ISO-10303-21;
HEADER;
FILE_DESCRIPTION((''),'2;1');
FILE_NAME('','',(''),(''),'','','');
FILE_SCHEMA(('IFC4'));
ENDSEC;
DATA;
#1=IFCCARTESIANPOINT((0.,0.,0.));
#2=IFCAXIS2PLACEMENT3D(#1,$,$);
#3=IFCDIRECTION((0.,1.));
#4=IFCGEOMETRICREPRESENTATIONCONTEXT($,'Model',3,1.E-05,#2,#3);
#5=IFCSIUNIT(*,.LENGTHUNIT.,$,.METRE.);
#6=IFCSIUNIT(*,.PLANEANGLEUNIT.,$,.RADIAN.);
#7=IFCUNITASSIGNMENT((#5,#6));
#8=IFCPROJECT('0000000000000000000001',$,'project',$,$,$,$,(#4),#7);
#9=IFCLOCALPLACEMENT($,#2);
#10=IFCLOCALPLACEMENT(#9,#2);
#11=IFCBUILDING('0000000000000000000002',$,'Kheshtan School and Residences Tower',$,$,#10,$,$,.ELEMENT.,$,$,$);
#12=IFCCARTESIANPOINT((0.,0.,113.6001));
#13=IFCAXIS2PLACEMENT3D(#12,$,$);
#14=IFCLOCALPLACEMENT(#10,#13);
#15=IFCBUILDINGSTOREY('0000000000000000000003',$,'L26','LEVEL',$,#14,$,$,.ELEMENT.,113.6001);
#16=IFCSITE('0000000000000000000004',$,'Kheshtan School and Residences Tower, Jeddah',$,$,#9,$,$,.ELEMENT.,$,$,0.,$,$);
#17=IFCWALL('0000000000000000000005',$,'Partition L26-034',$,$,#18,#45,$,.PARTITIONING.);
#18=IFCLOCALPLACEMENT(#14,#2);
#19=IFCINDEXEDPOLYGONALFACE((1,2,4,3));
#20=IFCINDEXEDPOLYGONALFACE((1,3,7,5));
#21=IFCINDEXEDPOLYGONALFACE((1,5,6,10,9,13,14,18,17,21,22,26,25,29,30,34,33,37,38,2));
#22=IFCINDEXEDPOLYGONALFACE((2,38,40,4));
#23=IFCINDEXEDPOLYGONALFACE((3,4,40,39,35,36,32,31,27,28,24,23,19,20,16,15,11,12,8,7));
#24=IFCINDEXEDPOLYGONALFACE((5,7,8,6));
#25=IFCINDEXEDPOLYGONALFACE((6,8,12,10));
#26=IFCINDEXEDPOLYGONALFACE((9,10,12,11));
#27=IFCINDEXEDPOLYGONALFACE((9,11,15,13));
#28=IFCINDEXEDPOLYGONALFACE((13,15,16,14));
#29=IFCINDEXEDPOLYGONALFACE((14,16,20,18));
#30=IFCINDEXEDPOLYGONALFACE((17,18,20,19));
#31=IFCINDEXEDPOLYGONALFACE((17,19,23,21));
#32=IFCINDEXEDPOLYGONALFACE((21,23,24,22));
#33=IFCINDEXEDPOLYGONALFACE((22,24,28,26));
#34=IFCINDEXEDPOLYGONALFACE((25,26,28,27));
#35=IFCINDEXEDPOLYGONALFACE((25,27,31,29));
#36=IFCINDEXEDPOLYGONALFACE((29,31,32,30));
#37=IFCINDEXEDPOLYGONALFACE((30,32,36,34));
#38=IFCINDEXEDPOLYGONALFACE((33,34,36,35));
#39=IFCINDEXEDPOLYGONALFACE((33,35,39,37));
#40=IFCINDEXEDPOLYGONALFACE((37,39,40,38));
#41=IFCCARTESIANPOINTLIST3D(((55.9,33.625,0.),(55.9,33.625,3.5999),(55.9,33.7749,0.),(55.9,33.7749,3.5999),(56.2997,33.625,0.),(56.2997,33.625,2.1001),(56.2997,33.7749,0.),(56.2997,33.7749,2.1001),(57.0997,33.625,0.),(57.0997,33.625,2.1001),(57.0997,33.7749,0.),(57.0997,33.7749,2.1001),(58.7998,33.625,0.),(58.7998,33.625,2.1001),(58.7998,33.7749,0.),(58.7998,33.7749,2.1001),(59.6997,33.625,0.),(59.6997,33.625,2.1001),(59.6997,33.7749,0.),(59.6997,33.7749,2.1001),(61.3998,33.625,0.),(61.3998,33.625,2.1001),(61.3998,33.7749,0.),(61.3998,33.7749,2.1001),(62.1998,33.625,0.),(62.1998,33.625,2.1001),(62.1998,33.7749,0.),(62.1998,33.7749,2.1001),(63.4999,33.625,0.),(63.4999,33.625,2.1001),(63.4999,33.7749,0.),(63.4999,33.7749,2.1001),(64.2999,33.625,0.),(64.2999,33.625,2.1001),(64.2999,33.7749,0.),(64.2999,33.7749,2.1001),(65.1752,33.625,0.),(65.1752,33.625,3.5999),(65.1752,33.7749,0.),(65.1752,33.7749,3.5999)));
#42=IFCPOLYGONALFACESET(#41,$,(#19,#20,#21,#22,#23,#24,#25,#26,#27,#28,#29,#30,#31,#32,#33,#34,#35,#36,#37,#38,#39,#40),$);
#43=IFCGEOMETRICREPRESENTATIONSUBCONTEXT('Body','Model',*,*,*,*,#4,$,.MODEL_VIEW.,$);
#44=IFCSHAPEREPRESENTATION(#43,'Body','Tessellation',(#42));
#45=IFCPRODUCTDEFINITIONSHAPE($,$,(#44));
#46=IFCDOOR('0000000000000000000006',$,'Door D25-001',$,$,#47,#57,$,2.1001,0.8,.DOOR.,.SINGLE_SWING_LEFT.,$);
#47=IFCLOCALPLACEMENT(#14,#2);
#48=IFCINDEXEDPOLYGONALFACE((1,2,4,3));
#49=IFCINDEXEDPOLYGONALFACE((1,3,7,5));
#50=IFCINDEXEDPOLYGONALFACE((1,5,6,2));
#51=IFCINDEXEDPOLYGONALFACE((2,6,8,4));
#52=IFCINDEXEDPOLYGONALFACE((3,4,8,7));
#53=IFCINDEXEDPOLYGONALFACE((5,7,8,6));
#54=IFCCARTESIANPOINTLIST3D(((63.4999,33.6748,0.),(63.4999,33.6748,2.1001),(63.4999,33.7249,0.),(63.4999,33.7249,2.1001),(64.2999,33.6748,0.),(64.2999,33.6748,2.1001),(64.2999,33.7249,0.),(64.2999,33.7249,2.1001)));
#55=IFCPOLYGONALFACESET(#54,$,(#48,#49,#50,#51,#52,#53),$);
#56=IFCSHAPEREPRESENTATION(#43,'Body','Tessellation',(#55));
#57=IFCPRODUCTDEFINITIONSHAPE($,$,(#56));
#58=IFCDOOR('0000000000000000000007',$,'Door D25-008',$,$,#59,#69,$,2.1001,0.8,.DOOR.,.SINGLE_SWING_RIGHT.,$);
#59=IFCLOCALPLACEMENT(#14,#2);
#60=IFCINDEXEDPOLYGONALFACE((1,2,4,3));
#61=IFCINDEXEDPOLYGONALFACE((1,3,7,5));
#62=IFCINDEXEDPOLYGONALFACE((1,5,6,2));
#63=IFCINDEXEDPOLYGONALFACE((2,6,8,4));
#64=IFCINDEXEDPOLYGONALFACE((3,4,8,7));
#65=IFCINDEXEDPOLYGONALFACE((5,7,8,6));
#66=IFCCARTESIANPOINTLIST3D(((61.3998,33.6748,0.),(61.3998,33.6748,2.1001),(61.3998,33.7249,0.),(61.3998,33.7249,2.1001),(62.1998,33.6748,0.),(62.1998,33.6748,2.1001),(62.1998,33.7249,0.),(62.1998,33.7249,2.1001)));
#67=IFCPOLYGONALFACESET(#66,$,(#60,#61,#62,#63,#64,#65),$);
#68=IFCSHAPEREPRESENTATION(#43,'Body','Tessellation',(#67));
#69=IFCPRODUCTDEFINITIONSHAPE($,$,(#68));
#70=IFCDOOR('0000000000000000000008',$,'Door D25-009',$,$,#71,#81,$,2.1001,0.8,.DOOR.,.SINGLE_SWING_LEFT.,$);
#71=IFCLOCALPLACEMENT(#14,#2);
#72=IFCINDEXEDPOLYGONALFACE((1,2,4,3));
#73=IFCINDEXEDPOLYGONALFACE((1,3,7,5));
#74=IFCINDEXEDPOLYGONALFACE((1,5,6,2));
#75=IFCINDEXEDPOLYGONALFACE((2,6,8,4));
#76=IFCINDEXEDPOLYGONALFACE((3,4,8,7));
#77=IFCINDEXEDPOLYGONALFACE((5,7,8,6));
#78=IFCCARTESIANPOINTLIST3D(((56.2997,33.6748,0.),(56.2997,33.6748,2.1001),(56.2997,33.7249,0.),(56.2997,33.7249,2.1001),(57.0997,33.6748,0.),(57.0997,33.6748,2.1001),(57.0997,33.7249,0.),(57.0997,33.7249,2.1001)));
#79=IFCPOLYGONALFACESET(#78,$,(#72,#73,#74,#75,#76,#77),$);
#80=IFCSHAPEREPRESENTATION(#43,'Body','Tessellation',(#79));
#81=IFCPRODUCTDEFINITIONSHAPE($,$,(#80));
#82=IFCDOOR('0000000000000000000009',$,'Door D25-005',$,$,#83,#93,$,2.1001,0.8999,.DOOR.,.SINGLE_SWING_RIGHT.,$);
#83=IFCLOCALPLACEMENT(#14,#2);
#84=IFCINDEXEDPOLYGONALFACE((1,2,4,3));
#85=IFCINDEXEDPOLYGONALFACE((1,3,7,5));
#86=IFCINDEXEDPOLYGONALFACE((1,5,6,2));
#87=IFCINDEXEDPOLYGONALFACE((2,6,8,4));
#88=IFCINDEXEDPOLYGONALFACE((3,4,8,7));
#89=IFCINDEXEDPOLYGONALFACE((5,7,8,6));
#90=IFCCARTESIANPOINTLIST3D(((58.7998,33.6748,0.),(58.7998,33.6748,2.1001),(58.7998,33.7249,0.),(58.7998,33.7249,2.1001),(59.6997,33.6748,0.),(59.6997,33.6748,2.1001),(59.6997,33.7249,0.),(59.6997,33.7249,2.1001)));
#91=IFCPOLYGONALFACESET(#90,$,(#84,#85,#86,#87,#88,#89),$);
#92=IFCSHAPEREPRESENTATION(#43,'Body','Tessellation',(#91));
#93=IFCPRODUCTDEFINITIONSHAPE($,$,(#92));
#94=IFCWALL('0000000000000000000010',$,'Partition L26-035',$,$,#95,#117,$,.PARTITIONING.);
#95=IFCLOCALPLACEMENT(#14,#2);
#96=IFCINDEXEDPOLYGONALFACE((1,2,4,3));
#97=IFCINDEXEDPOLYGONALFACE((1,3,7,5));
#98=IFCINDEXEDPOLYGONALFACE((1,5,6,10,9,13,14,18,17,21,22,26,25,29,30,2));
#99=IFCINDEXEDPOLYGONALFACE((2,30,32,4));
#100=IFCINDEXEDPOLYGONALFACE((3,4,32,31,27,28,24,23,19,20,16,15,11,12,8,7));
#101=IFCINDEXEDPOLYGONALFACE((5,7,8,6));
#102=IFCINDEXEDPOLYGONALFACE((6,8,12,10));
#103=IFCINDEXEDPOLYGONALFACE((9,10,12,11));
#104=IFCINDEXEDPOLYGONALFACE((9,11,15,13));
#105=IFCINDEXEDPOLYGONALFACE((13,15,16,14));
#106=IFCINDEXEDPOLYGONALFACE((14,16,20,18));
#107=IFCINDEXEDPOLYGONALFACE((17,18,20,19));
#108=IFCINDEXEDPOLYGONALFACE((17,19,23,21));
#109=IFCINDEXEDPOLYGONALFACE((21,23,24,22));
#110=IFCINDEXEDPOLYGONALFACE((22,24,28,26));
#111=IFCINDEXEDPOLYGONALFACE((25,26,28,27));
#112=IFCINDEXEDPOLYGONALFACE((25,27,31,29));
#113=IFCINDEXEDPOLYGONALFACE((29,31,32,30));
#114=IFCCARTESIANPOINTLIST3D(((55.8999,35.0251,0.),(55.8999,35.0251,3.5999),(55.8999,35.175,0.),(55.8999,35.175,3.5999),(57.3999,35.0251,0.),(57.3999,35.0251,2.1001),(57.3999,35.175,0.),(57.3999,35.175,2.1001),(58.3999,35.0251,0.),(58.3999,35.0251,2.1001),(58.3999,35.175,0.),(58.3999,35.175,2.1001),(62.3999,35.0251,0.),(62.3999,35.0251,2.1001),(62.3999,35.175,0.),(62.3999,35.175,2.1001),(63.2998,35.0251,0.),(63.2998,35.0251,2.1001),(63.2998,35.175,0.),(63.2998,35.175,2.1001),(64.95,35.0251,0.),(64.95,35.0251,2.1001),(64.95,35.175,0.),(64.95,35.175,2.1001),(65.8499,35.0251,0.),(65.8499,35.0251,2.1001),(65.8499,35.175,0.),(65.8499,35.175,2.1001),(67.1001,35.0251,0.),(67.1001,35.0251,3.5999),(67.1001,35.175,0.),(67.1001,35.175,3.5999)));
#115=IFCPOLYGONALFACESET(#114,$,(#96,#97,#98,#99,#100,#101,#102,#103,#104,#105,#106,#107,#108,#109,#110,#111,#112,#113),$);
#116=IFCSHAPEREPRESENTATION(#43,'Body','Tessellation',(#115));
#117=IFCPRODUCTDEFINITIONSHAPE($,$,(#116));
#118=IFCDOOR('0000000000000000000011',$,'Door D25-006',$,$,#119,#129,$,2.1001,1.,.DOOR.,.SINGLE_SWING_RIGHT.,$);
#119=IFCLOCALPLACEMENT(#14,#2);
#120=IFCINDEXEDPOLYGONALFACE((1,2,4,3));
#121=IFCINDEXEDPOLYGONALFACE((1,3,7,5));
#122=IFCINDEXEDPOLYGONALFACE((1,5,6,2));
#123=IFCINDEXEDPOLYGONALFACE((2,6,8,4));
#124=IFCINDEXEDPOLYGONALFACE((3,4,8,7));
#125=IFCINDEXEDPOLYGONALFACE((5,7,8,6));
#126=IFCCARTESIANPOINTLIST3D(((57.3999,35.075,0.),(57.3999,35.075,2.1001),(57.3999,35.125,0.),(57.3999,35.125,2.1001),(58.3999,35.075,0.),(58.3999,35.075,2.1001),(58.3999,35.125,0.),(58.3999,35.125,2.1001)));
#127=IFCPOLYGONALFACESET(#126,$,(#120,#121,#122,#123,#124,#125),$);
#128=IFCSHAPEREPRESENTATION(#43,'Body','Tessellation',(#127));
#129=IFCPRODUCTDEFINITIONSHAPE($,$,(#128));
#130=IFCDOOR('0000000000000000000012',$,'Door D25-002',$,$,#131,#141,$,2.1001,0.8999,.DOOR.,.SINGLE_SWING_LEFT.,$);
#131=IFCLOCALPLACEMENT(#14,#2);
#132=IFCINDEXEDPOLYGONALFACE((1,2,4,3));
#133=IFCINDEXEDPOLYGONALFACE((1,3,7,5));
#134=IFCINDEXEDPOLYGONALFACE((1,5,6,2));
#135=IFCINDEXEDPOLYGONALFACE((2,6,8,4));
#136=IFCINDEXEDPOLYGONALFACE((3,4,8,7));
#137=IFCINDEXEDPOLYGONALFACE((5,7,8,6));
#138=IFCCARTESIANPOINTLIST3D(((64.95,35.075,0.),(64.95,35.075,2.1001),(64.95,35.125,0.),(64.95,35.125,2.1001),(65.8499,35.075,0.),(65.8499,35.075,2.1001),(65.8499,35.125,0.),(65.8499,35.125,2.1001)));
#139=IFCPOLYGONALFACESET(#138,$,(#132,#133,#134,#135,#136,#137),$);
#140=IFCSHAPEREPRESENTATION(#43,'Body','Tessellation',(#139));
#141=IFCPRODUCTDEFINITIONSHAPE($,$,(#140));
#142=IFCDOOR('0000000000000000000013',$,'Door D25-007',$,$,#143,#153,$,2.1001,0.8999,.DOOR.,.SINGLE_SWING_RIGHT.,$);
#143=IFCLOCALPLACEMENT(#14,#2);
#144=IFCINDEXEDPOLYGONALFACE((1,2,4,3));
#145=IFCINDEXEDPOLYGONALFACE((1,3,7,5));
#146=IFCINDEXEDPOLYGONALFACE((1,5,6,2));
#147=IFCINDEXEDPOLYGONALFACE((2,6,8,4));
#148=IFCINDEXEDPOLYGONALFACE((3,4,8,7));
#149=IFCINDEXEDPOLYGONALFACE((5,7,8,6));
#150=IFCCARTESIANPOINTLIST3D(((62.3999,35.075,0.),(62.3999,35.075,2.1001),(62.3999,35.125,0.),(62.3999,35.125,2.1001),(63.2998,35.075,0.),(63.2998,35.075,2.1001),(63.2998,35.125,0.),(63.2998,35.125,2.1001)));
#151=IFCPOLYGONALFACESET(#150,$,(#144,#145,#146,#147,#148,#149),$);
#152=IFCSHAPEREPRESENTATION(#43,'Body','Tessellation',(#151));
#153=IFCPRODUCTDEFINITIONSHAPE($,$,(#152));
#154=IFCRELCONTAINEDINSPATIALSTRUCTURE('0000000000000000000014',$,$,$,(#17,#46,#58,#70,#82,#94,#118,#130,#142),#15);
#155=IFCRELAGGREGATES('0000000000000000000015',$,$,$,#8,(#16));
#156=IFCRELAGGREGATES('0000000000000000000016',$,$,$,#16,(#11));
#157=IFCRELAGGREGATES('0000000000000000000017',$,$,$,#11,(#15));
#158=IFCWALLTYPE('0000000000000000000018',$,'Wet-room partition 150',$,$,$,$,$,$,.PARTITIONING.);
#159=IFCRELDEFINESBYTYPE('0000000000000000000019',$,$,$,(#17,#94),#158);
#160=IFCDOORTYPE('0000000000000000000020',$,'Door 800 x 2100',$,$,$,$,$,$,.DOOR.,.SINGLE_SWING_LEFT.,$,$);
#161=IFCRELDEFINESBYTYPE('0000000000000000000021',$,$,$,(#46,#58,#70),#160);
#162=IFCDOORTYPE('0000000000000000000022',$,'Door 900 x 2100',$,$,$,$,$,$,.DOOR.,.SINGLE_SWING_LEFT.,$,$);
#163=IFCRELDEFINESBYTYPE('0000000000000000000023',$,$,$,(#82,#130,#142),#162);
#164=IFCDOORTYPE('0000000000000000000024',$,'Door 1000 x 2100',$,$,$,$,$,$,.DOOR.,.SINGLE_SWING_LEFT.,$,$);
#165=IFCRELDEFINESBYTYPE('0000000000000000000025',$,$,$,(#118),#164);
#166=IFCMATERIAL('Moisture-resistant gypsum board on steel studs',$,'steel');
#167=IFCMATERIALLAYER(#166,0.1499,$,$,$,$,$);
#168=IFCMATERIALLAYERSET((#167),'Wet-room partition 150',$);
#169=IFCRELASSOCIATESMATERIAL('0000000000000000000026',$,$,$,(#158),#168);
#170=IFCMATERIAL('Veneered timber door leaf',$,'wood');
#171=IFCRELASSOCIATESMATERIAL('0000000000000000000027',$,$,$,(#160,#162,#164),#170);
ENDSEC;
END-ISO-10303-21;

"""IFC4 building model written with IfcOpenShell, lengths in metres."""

from ifc_helpers import new_model, si_unit, direction, frame, frame_2d, origin, place, context, subcontext, project, spatial, rectangle, extrude, source, transform, mapped, material, layer, layer_set, type_object, element, fill, save


model = new_model("IFC4")

# Units and contexts
model_context = context("Model", 3, precision=1e-05, world=origin(), true_north=direction((0.0, 1.0)))
body_context = subcontext(model_context, "Body", "Model", "MODEL_VIEW")
ifc_project = project(units=[si_unit("LENGTHUNIT", "METRE"), si_unit("PLANEANGLEUNIT", "RADIAN")], contexts=[model_context])

# Site, building, storey
site_placement = place(None, origin())
site = spatial("IfcSite", under=ifc_project, at=site_placement, Name="Kheshtan School and Residences Tower, Jeddah", CompositionType="ELEMENT", RefElevation=0.0)
building_placement = place(site_placement, origin())
building = spatial("IfcBuilding", under=site, at=building_placement, Name="Kheshtan School and Residences Tower", CompositionType="ELEMENT")
storey_placement = place(building_placement, frame((0.0, 0.0, 113.6001)))
storey = spatial("IfcBuildingStorey", under=building, at=storey_placement, Name="L26", Description="LEVEL", CompositionType="ELEMENT", Elevation=113.6001)

# Walls, openings, doors
ifc_material_1 = material(Name="Moisture-resistant gypsum board on steel studs", Category="steel")
ifc_layer_1 = layer(ifc_material_1, 0.1499)
ifc_layer_set_1 = layer_set([ifc_layer_1], Name="Wet-room partition 150")
wall_type_1 = type_object("IfcWallType", Name="Wet-room partition 150", PredefinedType="PARTITIONING", material=ifc_layer_set_1)
wall_1_placement = place(storey_placement, frame((55.8999, 33.7, 0.0), z_axis=(0.0, 0.0, 1.0), x_axis=(1.0, 0.0, 0.0)))
wall_1 = element("IfcWall", 1, at=wall_1_placement, inside=storey, type_object=wall_type_1, Name="Partition L26-034", PredefinedType="PARTITIONING", context=body_context, shape_type="SweptSolid", body=[
    extrude(rectangle(XDim=9.2751, YDim=0.1499, at=frame_2d((4.6377, 0.0))), origin(), (0.0, 0.0, 1.0), 3.5999),
])
opening_1_placement = place(wall_1_placement, frame((7.6001, 0.0, 0.0)))
opening_1 = element("IfcOpeningElement", 2, at=opening_1_placement, cuts=wall_1, PredefinedType="OPENING", context=body_context, shape_type="SweptSolid", body=[
    extrude(rectangle(XDim=0.8, YDim=2.1001, at=frame_2d((0.3999, 1.05))), frame((0.0, 0.085, 0.0), z_axis=(0.0, -1.0, 0.0), x_axis=(1.0, 0.0, 0.0)), (0.0, 0.0, 1.0), 0.1699),
])
opening_2_placement = place(wall_1_placement, frame((2.8999, 0.0, 0.0)))
opening_2 = element("IfcOpeningElement", 3, at=opening_2_placement, cuts=wall_1, PredefinedType="OPENING", context=body_context, shape_type="SweptSolid", body=[
    extrude(rectangle(XDim=0.8999, YDim=2.1001, at=frame_2d((0.45, 1.05))), frame((0.0, 0.085, 0.0), z_axis=(0.0, -1.0, 0.0), x_axis=(1.0, 0.0, 0.0)), (0.0, 0.0, 1.0), 0.1699),
])
opening_3_placement = place(wall_1_placement, frame((5.5, 0.0, 0.0)))
opening_3 = element("IfcOpeningElement", 4, at=opening_3_placement, cuts=wall_1, PredefinedType="OPENING", context=body_context, shape_type="SweptSolid", body=[
    extrude(rectangle(XDim=0.8, YDim=2.1001, at=frame_2d((0.3999, 1.05))), frame((0.0, 0.085, 0.0), z_axis=(0.0, -1.0, 0.0), x_axis=(1.0, 0.0, 0.0)), (0.0, 0.0, 1.0), 0.1699),
])
opening_4_placement = place(wall_1_placement, frame((0.3999, 0.0, 0.0)))
opening_4 = element("IfcOpeningElement", 5, at=opening_4_placement, cuts=wall_1, PredefinedType="OPENING", context=body_context, shape_type="SweptSolid", body=[
    extrude(rectangle(XDim=0.8, YDim=2.1001, at=frame_2d((0.3999, 1.05))), frame((0.0, 0.085, 0.0), z_axis=(0.0, -1.0, 0.0), x_axis=(1.0, 0.0, 0.0)), (0.0, 0.0, 1.0), 0.1699),
])
ifc_material_2 = material(Name="Veneered timber door leaf", Category="wood")
door_type_1 = type_object("IfcDoorType", Name="Door 800 x 2100", OperationType="SINGLE_SWING_LEFT", PredefinedType="DOOR", material=ifc_material_2)
shared_shape_1 = source(origin(), body_context, "Body", "SweptSolid", [
    extrude(rectangle(XDim=0.8, YDim=2.1001, at=frame_2d((0.3999, 1.05))), frame((0.0, 0.0249, 0.0), z_axis=(0.0, -1.0, 0.0), x_axis=(1.0, 0.0, 0.0)), (0.0, 0.0, 1.0), 0.05),
])
door_1_placement = place(opening_1_placement, origin())
door_1 = element("IfcDoor", 6, at=door_1_placement, inside=storey, type_object=door_type_1, Name="Door D25-001", OperationType="SINGLE_SWING_LEFT", OverallHeight=2.1001, OverallWidth=0.8, PredefinedType="DOOR", context=body_context, shape_type="MappedRepresentation", body=[
    mapped(shared_shape_1, transform((0.0, 0.0, 0.0), x_axis=(1.0, 0.0, 0.0), y_axis=(0.0, 1.0, 0.0), z_axis=(0.0, 0.0, 1.0), scale=1.0)),
])
fill(opening_1, door_1)
door_2_placement = place(opening_3_placement, origin())
door_2 = element("IfcDoor", 7, at=door_2_placement, inside=storey, type_object=door_type_1, Name="Door D25-008", OperationType="SINGLE_SWING_RIGHT", OverallHeight=2.1001, OverallWidth=0.8, PredefinedType="DOOR", context=body_context, shape_type="MappedRepresentation", body=[
    mapped(shared_shape_1, transform((0.0, 0.0, 0.0), x_axis=(1.0, 0.0, 0.0), y_axis=(0.0, 1.0, 0.0), z_axis=(0.0, 0.0, 1.0), scale=1.0)),
])
fill(opening_3, door_2)
door_3_placement = place(opening_4_placement, origin())
door_3 = element("IfcDoor", 8, at=door_3_placement, inside=storey, type_object=door_type_1, Name="Door D25-009", OperationType="SINGLE_SWING_LEFT", OverallHeight=2.1001, OverallWidth=0.8, PredefinedType="DOOR", context=body_context, shape_type="MappedRepresentation", body=[
    mapped(shared_shape_1, transform((0.0, 0.0, 0.0), x_axis=(1.0, 0.0, 0.0), y_axis=(0.0, 1.0, 0.0), z_axis=(0.0, 0.0, 1.0), scale=1.0)),
])
fill(opening_4, door_3)
door_type_2 = type_object("IfcDoorType", Name="Door 900 x 2100", OperationType="SINGLE_SWING_LEFT", PredefinedType="DOOR", material=ifc_material_2)
shared_shape_2 = source(origin(), body_context, "Body", "SweptSolid", [
    extrude(rectangle(XDim=0.8999, YDim=2.1001, at=frame_2d((0.45, 1.05))), frame((0.0, 0.0249, 0.0), z_axis=(0.0, -1.0, 0.0), x_axis=(1.0, 0.0, 0.0)), (0.0, 0.0, 1.0), 0.05),
])
door_4_placement = place(opening_2_placement, origin())
door_4 = element("IfcDoor", 9, at=door_4_placement, inside=storey, type_object=door_type_2, Name="Door D25-005", OperationType="SINGLE_SWING_RIGHT", OverallHeight=2.1001, OverallWidth=0.8999, PredefinedType="DOOR", context=body_context, shape_type="MappedRepresentation", body=[
    mapped(shared_shape_2, transform((0.0, 0.0, 0.0), x_axis=(1.0, 0.0, 0.0), y_axis=(0.0, 1.0, 0.0), z_axis=(0.0, 0.0, 1.0), scale=1.0)),
])
fill(opening_2, door_4)
wall_2_placement = place(storey_placement, frame((55.8999, 35.1001, 0.0), z_axis=(0.0, 0.0, 1.0), x_axis=(1.0, 0.0, 0.0)))
wall_2 = element("IfcWall", 10, at=wall_2_placement, inside=storey, type_object=wall_type_1, Name="Partition L26-035", PredefinedType="PARTITIONING", context=body_context, shape_type="SweptSolid", body=[
    extrude(rectangle(XDim=11.2002, YDim=0.1499, at=frame_2d((5.6001, 0.0))), origin(), (0.0, 0.0, 1.0), 3.5999),
])
opening_5_placement = place(wall_2_placement, frame((9.05, 0.0, 0.0)))
opening_5 = element("IfcOpeningElement", 11, at=opening_5_placement, cuts=wall_2, PredefinedType="OPENING", context=body_context, shape_type="SweptSolid", body=[
    extrude(rectangle(XDim=0.8999, YDim=2.1001, at=frame_2d((0.45, 1.05))), frame((0.0, 0.085, 0.0), z_axis=(0.0, -1.0, 0.0), x_axis=(1.0, 0.0, 0.0)), (0.0, 0.0, 1.0), 0.1699),
])
opening_6_placement = place(wall_2_placement, frame((1.5, 0.0, 0.0)))
opening_6 = element("IfcOpeningElement", 12, at=opening_6_placement, cuts=wall_2, PredefinedType="OPENING", context=body_context, shape_type="SweptSolid", body=[
    extrude(rectangle(XDim=1.0, YDim=2.1001, at=frame_2d((0.5, 1.05))), frame((0.0, 0.085, 0.0), z_axis=(0.0, -1.0, 0.0), x_axis=(1.0, 0.0, 0.0)), (0.0, 0.0, 1.0), 0.1699),
])
opening_7_placement = place(wall_2_placement, frame((6.5, 0.0, 0.0)))
opening_7 = element("IfcOpeningElement", 13, at=opening_7_placement, cuts=wall_2, PredefinedType="OPENING", context=body_context, shape_type="SweptSolid", body=[
    extrude(rectangle(XDim=0.8999, YDim=2.1001, at=frame_2d((0.45, 1.05))), frame((0.0, 0.085, 0.0), z_axis=(0.0, -1.0, 0.0), x_axis=(1.0, 0.0, 0.0)), (0.0, 0.0, 1.0), 0.1699),
])
door_type_3 = type_object("IfcDoorType", Name="Door 1000 x 2100", OperationType="SINGLE_SWING_LEFT", PredefinedType="DOOR", material=ifc_material_2)
shared_shape_3 = source(origin(), body_context, "Body", "SweptSolid", [
    extrude(rectangle(XDim=1.0, YDim=2.1001, at=frame_2d((0.5, 1.05))), frame((0.0, 0.0249, 0.0), z_axis=(0.0, -1.0, 0.0), x_axis=(1.0, 0.0, 0.0)), (0.0, 0.0, 1.0), 0.05),
])
door_5_placement = place(opening_6_placement, origin())
door_5 = element("IfcDoor", 14, at=door_5_placement, inside=storey, type_object=door_type_3, Name="Door D25-006", OperationType="SINGLE_SWING_RIGHT", OverallHeight=2.1001, OverallWidth=1.0, PredefinedType="DOOR", context=body_context, shape_type="MappedRepresentation", body=[
    mapped(shared_shape_3, transform((0.0, 0.0, 0.0), x_axis=(1.0, 0.0, 0.0), y_axis=(0.0, 1.0, 0.0), z_axis=(0.0, 0.0, 1.0), scale=1.0)),
])
fill(opening_6, door_5)
door_6_placement = place(opening_5_placement, origin())
door_6 = element("IfcDoor", 15, at=door_6_placement, inside=storey, type_object=door_type_2, Name="Door D25-002", OperationType="SINGLE_SWING_LEFT", OverallHeight=2.1001, OverallWidth=0.8999, PredefinedType="DOOR", context=body_context, shape_type="MappedRepresentation", body=[
    mapped(shared_shape_2, transform((0.0, 0.0, 0.0), x_axis=(1.0, 0.0, 0.0), y_axis=(0.0, 1.0, 0.0), z_axis=(0.0, 0.0, 1.0), scale=1.0)),
])
fill(opening_5, door_6)
door_7_placement = place(opening_7_placement, origin())
door_7 = element("IfcDoor", 16, at=door_7_placement, inside=storey, type_object=door_type_2, Name="Door D25-007", OperationType="SINGLE_SWING_RIGHT", OverallHeight=2.1001, OverallWidth=0.8999, PredefinedType="DOOR", context=body_context, shape_type="MappedRepresentation", body=[
    mapped(shared_shape_2, transform((0.0, 0.0, 0.0), x_axis=(1.0, 0.0, 0.0), y_axis=(0.0, 1.0, 0.0), z_axis=(0.0, 0.0, 1.0), scale=1.0)),
])
fill(opening_7, door_7)

save(model, "model.ifc")
